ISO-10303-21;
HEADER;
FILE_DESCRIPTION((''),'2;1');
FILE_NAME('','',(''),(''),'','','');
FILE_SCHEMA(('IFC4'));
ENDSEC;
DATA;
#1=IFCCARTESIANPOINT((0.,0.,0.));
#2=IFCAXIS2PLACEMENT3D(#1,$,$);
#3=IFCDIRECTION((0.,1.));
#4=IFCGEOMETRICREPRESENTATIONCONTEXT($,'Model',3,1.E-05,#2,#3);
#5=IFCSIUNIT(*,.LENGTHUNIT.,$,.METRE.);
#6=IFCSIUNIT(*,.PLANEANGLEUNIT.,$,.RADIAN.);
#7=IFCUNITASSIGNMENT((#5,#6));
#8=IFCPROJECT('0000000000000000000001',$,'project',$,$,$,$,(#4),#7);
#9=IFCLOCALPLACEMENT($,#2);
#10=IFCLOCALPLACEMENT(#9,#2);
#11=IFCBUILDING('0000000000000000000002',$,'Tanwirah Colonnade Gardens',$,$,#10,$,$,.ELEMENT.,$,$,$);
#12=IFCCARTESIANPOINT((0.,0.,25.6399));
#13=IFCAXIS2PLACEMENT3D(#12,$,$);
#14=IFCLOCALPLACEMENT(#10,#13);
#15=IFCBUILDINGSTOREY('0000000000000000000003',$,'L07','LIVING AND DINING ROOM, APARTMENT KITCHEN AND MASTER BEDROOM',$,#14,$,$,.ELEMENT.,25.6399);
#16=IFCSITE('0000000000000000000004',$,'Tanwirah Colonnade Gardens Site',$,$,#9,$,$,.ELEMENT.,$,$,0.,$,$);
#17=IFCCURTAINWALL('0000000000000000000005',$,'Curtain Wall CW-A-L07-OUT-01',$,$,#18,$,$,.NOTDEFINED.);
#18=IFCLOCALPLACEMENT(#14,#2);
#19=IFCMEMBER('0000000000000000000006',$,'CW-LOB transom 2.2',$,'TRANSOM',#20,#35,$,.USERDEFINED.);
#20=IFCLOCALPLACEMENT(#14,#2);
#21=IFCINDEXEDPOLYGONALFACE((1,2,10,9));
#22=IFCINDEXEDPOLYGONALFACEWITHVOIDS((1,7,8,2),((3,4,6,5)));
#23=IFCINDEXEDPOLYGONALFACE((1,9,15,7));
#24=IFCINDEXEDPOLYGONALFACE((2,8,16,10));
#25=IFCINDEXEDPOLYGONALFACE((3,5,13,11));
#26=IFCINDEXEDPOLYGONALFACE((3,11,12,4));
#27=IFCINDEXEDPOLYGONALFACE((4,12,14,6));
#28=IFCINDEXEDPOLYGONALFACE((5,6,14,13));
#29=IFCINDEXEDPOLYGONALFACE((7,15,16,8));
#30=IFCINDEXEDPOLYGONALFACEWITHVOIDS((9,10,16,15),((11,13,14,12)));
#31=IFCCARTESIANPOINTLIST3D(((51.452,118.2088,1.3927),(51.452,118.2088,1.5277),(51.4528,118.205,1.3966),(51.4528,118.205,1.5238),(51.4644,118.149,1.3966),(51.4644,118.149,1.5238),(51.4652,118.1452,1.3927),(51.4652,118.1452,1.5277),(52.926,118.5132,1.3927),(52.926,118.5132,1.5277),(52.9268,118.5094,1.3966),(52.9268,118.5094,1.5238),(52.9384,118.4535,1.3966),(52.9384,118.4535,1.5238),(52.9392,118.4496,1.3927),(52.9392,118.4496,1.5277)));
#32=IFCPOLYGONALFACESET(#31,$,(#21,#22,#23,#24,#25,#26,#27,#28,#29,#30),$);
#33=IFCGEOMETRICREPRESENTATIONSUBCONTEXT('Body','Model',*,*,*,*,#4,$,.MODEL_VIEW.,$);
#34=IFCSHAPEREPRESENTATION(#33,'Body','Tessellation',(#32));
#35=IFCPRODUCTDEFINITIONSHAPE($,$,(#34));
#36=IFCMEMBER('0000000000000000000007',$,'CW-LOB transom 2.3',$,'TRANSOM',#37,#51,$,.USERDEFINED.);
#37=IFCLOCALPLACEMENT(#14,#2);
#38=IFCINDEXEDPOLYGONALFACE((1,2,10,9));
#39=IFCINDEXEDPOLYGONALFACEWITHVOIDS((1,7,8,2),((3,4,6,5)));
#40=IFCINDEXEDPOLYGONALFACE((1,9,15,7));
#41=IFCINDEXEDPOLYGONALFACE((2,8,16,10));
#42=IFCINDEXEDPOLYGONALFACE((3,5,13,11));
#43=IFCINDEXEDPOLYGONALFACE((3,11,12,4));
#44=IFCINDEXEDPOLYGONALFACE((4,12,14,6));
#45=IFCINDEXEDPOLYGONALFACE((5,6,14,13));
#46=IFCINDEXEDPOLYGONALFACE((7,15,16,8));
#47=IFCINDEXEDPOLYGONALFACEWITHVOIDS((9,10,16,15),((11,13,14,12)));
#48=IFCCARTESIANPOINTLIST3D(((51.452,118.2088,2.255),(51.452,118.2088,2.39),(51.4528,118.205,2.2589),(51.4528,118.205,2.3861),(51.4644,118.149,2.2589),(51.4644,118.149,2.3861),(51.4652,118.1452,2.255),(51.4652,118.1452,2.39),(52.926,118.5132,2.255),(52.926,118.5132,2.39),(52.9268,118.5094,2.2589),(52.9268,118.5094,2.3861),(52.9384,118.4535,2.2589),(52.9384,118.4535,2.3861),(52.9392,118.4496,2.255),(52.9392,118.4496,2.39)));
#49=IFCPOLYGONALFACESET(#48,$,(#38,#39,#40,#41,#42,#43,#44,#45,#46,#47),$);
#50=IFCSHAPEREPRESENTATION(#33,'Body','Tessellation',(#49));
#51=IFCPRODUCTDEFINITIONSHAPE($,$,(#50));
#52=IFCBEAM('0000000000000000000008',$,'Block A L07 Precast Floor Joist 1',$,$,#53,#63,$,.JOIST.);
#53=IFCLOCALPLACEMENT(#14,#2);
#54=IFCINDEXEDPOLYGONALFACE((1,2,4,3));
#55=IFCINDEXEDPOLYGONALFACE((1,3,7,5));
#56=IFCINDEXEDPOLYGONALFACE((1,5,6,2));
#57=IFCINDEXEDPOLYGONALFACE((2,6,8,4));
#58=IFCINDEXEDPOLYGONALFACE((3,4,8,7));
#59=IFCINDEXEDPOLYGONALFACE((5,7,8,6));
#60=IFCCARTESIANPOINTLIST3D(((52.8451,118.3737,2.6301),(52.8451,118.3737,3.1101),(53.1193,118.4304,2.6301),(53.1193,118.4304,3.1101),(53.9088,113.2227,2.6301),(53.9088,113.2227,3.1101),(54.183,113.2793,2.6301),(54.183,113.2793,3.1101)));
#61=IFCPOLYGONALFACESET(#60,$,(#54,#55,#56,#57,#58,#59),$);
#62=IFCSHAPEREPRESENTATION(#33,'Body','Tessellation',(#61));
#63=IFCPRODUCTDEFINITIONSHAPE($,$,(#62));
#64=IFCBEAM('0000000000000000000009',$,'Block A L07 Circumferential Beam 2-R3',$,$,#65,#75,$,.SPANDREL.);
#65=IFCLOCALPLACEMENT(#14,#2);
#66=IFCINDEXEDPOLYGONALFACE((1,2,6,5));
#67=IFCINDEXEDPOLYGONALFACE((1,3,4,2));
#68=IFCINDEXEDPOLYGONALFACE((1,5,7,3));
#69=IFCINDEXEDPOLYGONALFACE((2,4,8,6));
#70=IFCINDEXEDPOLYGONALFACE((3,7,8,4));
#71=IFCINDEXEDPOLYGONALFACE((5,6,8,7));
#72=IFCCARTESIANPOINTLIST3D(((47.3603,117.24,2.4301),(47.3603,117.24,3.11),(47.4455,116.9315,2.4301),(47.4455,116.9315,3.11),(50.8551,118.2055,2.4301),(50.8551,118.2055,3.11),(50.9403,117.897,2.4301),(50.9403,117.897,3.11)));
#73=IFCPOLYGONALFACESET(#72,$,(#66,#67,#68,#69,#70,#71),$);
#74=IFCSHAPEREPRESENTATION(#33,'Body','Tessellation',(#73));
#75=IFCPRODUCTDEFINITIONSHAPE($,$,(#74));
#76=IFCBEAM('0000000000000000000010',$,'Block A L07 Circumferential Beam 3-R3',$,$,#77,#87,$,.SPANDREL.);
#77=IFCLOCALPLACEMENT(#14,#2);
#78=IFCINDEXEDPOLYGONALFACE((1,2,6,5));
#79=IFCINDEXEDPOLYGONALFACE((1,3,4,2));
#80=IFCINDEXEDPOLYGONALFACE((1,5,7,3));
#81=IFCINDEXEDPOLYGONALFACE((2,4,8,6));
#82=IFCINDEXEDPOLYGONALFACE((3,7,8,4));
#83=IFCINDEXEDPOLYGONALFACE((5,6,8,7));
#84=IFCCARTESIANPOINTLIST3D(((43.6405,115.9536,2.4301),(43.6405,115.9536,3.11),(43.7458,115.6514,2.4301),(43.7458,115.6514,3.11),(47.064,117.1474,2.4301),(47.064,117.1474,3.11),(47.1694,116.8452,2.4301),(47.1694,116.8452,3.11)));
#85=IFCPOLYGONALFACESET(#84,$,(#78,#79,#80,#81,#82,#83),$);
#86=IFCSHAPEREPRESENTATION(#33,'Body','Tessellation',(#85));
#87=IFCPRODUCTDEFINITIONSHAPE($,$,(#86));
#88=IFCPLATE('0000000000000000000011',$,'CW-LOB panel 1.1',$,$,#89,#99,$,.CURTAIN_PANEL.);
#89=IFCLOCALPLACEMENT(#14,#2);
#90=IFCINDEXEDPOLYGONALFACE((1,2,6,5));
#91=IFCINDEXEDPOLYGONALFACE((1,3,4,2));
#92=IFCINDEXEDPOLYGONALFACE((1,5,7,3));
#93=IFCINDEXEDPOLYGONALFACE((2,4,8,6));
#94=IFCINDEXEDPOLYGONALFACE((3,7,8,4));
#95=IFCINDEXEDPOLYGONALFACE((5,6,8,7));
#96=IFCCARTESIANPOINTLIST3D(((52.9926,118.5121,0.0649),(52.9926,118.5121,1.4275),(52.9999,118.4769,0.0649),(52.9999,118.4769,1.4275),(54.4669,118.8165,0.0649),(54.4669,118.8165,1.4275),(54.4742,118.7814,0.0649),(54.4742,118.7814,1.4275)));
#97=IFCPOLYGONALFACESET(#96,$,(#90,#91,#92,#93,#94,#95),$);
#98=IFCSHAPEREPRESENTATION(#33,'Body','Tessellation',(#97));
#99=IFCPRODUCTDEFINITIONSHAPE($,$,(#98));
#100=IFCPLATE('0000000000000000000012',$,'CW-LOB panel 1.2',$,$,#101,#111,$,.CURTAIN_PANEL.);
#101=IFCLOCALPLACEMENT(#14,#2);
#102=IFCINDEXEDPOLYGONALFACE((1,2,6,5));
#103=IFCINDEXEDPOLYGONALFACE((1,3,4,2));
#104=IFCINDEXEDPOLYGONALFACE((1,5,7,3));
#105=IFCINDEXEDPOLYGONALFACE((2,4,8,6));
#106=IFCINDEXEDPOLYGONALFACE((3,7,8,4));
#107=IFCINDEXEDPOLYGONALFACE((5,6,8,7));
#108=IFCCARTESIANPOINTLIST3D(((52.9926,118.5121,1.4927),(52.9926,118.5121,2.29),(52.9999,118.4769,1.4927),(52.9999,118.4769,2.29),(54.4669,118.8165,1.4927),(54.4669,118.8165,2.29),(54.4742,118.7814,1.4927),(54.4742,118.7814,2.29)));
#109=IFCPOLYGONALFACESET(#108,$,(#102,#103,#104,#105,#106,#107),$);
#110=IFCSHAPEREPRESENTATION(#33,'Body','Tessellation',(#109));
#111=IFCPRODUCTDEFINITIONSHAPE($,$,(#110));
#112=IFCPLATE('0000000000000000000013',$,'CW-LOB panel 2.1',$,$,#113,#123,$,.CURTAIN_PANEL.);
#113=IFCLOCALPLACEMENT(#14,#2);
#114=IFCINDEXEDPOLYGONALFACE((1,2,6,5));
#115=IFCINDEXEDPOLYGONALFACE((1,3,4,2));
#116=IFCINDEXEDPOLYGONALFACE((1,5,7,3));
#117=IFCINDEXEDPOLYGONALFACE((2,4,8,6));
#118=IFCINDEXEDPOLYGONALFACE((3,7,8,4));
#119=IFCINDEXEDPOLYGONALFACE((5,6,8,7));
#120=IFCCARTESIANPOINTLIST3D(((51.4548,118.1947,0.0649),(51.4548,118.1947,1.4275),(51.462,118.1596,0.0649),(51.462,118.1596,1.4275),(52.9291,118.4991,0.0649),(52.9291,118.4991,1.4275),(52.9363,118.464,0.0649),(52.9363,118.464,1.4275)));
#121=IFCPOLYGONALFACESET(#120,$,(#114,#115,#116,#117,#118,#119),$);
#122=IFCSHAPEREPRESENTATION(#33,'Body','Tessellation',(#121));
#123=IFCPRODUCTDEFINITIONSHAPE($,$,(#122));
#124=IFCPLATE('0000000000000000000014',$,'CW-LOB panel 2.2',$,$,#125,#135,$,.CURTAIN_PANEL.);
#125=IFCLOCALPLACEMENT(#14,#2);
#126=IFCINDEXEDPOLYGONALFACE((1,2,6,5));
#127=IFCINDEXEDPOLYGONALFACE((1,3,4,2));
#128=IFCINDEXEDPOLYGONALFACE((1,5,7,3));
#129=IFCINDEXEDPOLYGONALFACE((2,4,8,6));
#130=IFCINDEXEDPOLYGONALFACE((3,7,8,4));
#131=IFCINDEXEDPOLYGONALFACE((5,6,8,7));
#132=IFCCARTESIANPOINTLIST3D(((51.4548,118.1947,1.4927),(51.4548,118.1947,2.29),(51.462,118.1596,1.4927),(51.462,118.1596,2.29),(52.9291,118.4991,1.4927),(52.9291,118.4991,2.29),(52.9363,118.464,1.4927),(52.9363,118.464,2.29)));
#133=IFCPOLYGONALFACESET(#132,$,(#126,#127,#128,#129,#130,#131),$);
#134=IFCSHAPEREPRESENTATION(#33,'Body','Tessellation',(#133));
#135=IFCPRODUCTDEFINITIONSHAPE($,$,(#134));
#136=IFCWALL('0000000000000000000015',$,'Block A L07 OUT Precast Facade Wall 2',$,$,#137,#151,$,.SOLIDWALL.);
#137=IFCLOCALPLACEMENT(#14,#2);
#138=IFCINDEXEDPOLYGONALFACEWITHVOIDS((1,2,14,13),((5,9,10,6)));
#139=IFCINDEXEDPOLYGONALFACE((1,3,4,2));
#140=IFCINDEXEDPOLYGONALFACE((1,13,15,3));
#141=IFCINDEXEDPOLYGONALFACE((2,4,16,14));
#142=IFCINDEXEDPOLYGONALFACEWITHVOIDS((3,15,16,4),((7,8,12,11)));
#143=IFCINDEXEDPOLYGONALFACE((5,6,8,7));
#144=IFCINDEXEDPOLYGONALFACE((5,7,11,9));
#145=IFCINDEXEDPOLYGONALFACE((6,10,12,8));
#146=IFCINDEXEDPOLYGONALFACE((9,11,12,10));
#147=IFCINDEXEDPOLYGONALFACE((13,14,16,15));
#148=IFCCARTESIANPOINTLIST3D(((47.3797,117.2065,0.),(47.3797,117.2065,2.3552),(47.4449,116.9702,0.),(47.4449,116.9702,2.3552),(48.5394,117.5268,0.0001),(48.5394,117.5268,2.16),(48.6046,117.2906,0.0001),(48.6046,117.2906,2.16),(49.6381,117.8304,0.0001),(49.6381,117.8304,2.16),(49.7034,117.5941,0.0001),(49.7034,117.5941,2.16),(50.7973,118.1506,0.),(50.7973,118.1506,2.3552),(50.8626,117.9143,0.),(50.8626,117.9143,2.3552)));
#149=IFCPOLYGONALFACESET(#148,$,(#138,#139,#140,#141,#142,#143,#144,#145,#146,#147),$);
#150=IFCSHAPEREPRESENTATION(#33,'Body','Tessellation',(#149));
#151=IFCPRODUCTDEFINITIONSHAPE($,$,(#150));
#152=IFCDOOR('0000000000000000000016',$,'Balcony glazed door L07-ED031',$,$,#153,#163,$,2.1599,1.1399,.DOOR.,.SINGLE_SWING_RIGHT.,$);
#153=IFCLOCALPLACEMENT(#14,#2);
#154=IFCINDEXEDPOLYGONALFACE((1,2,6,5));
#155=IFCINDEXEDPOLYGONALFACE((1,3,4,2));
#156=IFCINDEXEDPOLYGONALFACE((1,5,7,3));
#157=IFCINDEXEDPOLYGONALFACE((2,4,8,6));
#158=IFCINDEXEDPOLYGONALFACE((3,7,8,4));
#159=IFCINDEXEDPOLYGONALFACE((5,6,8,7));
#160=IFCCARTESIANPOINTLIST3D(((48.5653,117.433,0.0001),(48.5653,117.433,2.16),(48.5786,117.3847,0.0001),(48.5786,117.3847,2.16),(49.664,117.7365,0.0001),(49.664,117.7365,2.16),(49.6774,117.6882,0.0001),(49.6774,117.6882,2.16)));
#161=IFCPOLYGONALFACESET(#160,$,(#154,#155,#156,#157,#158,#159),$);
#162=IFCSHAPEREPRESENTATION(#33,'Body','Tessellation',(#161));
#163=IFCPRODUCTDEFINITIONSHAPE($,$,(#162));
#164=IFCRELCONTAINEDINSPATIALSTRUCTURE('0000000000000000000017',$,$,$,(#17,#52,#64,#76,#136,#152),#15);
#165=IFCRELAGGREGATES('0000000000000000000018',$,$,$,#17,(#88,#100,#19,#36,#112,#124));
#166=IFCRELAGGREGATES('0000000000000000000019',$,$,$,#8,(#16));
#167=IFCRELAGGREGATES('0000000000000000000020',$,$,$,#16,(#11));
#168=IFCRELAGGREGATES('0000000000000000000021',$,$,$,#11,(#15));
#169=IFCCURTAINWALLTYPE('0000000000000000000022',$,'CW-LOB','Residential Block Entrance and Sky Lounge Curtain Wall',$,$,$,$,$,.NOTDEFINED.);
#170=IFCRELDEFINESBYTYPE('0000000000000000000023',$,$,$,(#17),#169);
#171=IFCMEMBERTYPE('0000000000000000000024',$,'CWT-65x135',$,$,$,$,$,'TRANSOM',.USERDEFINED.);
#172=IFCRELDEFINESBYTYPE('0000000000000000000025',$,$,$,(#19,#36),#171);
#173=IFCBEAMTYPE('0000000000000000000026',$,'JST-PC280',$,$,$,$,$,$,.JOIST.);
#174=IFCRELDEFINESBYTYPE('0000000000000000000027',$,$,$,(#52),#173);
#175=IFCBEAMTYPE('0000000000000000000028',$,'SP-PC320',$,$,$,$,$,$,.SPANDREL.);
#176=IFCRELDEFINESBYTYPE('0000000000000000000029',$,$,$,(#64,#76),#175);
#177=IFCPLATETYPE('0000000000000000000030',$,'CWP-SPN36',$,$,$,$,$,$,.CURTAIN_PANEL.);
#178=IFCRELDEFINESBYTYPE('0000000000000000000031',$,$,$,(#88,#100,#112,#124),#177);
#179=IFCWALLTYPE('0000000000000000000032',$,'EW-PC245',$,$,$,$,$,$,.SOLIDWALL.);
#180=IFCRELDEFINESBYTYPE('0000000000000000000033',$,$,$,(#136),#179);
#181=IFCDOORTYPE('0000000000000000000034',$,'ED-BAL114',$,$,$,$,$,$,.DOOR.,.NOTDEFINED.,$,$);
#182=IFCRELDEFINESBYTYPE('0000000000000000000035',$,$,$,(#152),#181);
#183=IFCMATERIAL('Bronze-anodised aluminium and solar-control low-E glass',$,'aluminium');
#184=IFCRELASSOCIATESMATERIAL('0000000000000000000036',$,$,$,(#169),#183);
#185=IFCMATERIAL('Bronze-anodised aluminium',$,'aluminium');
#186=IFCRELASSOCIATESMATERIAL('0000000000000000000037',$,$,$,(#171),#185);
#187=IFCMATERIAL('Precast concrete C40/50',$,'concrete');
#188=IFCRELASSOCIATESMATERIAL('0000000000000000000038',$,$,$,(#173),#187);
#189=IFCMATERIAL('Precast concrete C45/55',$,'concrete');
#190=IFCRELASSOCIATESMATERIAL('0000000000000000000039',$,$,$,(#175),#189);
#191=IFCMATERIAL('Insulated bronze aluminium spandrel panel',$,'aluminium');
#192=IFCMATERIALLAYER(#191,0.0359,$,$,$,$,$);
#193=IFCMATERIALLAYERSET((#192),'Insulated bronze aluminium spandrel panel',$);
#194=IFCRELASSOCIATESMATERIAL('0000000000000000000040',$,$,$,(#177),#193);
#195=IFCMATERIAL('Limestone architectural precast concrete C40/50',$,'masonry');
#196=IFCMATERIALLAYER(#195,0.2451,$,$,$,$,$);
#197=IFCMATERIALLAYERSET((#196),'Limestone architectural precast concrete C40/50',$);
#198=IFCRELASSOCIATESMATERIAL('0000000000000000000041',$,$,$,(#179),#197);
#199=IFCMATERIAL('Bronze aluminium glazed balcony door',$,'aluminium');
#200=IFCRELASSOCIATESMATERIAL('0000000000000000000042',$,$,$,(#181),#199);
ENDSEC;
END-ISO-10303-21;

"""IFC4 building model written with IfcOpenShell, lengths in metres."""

from ifc_helpers import new_model, si_unit, direction, frame, frame_2d, origin, origin_2d, place, context, subcontext, project, spatial, rectangle, hollow_rectangle, extrude, material, layer, layer_set, material_profile, profile_set, type_object, element, fill, aggregate, save


model = new_model("IFC4")

# Units and contexts
model_context = context("Model", 3, precision=1e-05, world=origin(), true_north=direction((0.0, 1.0)))
body_context = subcontext(model_context, "Body", "Model", "MODEL_VIEW")
ifc_project = project(units=[si_unit("LENGTHUNIT", "METRE"), si_unit("PLANEANGLEUNIT", "RADIAN")], contexts=[model_context])

# Site, building, storey
site_placement = place(None, origin())
site = spatial("IfcSite", under=ifc_project, at=site_placement, Name="Tanwirah Colonnade Gardens Site", CompositionType="ELEMENT", RefElevation=0.0)
building_placement = place(site_placement, origin())
building = spatial("IfcBuilding", under=site, at=building_placement, Name="Tanwirah Colonnade Gardens", CompositionType="ELEMENT")
storey_placement = place(building_placement, frame((0.0, 0.0, 25.6399)))
storey = spatial("IfcBuildingStorey", under=building, at=storey_placement, Name="L07", Description="LIVING AND DINING ROOM, APARTMENT KITCHEN AND MASTER BEDROOM", CompositionType="ELEMENT", Elevation=25.6399)

# Shared definitions
ifc_material_1 = material(Name="Precast concrete C40/50", Category="concrete")

# Shared definitions
ifc_material_2 = material(Name="Precast concrete C45/55", Category="concrete")

# Curtain wall, members
ifc_material_3 = material(Name="Bronze-anodised aluminium and solar-control low-E glass", Category="aluminium")
curtain_wall_type = type_object("IfcCurtainWallType", Name="CW-LOB", Description="Residential Block Entrance and Sky Lounge Curtain Wall", PredefinedType="NOTDEFINED", material=ifc_material_3)
curtain_wall_placement = place(storey_placement, origin())
curtain_wall = element("IfcCurtainWall", 1, at=curtain_wall_placement, inside=storey, type_object=curtain_wall_type, Name="Curtain Wall CW-A-L07-OUT-01", PredefinedType="NOTDEFINED")
ifc_material_4 = material(Name="Bronze-anodised aluminium", Category="aluminium")
ifc_material_profile_1 = material_profile(ifc_material_4, hollow_rectangle(XDim=0.0649, YDim=0.135, WallThickness=0.0039, at=origin_2d()), Name="CW-TRN 65x135x4")
ifc_profile_set_1 = profile_set([ifc_material_profile_1], Name="Bronze-anodised aluminium")
member_type_1 = type_object("IfcMemberType", Name="CWT-65x135", ElementType="TRANSOM", PredefinedType="USERDEFINED", material=ifc_profile_set_1)
member_1_placement = place(storey_placement, frame((52.9326, 118.4814, 1.4602), z_axis=(-0.979332, -0.202257, 0.0), x_axis=(0.202257, -0.979332, 0.0)))
member_1 = element("IfcMember", 2, at=member_1_placement, type_object=member_type_1, Name="CW-LOB transom 2.2", ObjectType="TRANSOM", PredefinedType="USERDEFINED", context=body_context, shape_type="SweptSolid", body=[
    extrude(hollow_rectangle(XDim=0.0649, YDim=0.135, WallThickness=0.0039, at=origin_2d()), origin(), (0.0, 0.0, 1.0), 1.5051),
])
member_2_placement = place(storey_placement, frame((52.9326, 118.4814, 2.3225), z_axis=(-0.979332, -0.202257, 0.0), x_axis=(0.202257, -0.979332, 0.0)))
member_2 = element("IfcMember", 3, at=member_2_placement, type_object=member_type_1, Name="CW-LOB transom 2.3", ObjectType="TRANSOM", PredefinedType="USERDEFINED", context=body_context, shape_type="SweptSolid", body=[
    extrude(hollow_rectangle(XDim=0.0649, YDim=0.135, WallThickness=0.0039, at=origin_2d()), origin(), (0.0, 0.0, 1.0), 1.5051),
])

# Beams
ifc_material_profile_2 = material_profile(ifc_material_1, rectangle(XDim=0.28, YDim=0.48, at=origin_2d()), Name="PC-JST 280x480")
ifc_profile_set_2 = profile_set([ifc_material_profile_2], Name="Precast concrete C40/50")
beam_type_1 = type_object("IfcBeamType", Name="JST-PC280", PredefinedType="JOIST", material=ifc_profile_set_2)
beam_1_placement = place(storey_placement, frame((54.0459, 113.251, 2.8701), z_axis=(-0.202236, 0.979337, 0.0), x_axis=(-0.979337, -0.202236, 0.0)))
element("IfcBeam", 4, at=beam_1_placement, inside=storey, type_object=beam_type_1, Name="Block A L07 Precast Floor Joist 1", PredefinedType="JOIST", context=body_context, shape_type="SweptSolid", body=[
    extrude(rectangle(XDim=0.28, YDim=0.48, at=origin_2d()), origin(), (0.0, 0.0, 1.0), 5.2598),
])
ifc_material_profile_3 = material_profile(ifc_material_2, rectangle(XDim=0.3201, YDim=0.6799, at=origin_2d()), Name="PC-SP 320x680")
ifc_profile_set_3 = profile_set([ifc_material_profile_3], Name="Precast concrete C45/55")
beam_type_2 = type_object("IfcBeamType", Name="SP-PC320", PredefinedType="SPANDREL", material=ifc_profile_set_3)
for number, where, z_axis, x_axis, name in (
    (5, (50.8977, 118.0513, 2.77), (-0.963888, -0.266307, 0.0), (0.266307, -0.963888, 0.0), "Block A L07 Circumferential Beam 2-R3"),
    (6, (47.1167, 116.9963, 2.77), (-0.944237, -0.329267, 0.0), (0.329267, -0.944237, 0.0), "Block A L07 Circumferential Beam 3-R3"),
):
    element("IfcBeam", number, at=place(storey_placement, frame(where, z_axis=z_axis, x_axis=x_axis)), inside=storey, type_object=beam_type_2, Name=name, PredefinedType="SPANDREL", context=body_context, shape_type="SweptSolid", body=[
        extrude(rectangle(XDim=0.3201, YDim=0.6799, at=origin_2d()), origin(), (0.0, 0.0, 1.0), 3.6257),
    ])

# Plates
ifc_material_5 = material(Name="Insulated bronze aluminium spandrel panel", Category="aluminium")
ifc_layer_1 = layer(ifc_material_5, 0.0359)
ifc_layer_set_1 = layer_set([ifc_layer_1], Name="Insulated bronze aluminium spandrel panel")
plate_type = type_object("IfcPlateType", Name="CWP-SPN36", PredefinedType="CURTAIN_PANEL", material=ifc_layer_set_1)
plate_1_placement = place(storey_placement, frame((53.7334, 118.6467, 0.0649), z_axis=(0.0, 0.0, 1.0), x_axis=(-0.979341, -0.202218, 0.0)))
plate_1 = element("IfcPlate", 7, at=plate_1_placement, type_object=plate_type, Name="CW-LOB panel 1.1", PredefinedType="CURTAIN_PANEL", context=body_context, shape_type="SweptSolid", body=[
    extrude(rectangle(XDim=1.5054, YDim=0.0359, at=origin_2d()), origin(), (0.0, 0.0, 1.0), 1.3625),
])
plate_2_placement = place(storey_placement, frame((53.7334, 118.6467, 1.4927), z_axis=(0.0, 0.0, 1.0), x_axis=(-0.979341, -0.202218, 0.0)))
plate_2 = element("IfcPlate", 8, at=plate_2_placement, type_object=plate_type, Name="CW-LOB panel 1.2", PredefinedType="CURTAIN_PANEL", context=body_context, shape_type="SweptSolid", body=[
    extrude(rectangle(XDim=1.5054, YDim=0.0359, at=origin_2d()), origin(), (0.0, 0.0, 1.0), 0.7974),
])
plate_3_placement = place(storey_placement, frame((52.1956, 118.3293, 0.0649), z_axis=(0.0, 0.0, 1.0), x_axis=(-0.979341, -0.202218, 0.0)))
plate_3 = element("IfcPlate", 9, at=plate_3_placement, type_object=plate_type, Name="CW-LOB panel 2.1", PredefinedType="CURTAIN_PANEL", context=body_context, shape_type="SweptSolid", body=[
    extrude(rectangle(XDim=1.5054, YDim=0.0359, at=origin_2d()), origin(), (0.0, 0.0, 1.0), 1.3625),
])
plate_4_placement = place(storey_placement, frame((52.1956, 118.3293, 1.4927), z_axis=(0.0, 0.0, 1.0), x_axis=(-0.979341, -0.202218, 0.0)))
plate_4 = element("IfcPlate", 10, at=plate_4_placement, type_object=plate_type, Name="CW-LOB panel 2.2", PredefinedType="CURTAIN_PANEL", context=body_context, shape_type="SweptSolid", body=[
    extrude(rectangle(XDim=1.5054, YDim=0.0359, at=origin_2d()), origin(), (0.0, 0.0, 1.0), 0.7974),
])
aggregate(curtain_wall, [plate_1, plate_2, member_1, member_2, plate_3, plate_4])

# Wall, opening, door
ifc_material_6 = material(Name="Limestone architectural precast concrete C40/50", Category="masonry")
ifc_layer_2 = layer(ifc_material_6, 0.2451)
ifc_layer_set_2 = layer_set([ifc_layer_2], Name="Limestone architectural precast concrete C40/50")
wall_type = type_object("IfcWallType", Name="EW-PC245", PredefinedType="SOLIDWALL", material=ifc_layer_set_2)
wall_1_placement = place(storey_placement, frame((50.8301, 118.0325, 0.0), z_axis=(0.0, 0.0, 1.0), x_axis=(-0.963901, -0.266262, 0.0)))
wall_1 = element("IfcWall", 11, at=wall_1_placement, inside=storey, type_object=wall_type, Name="Block A L07 OUT Precast Facade Wall 2", PredefinedType="SOLIDWALL", context=body_context, shape_type="SweptSolid", body=[
    extrude(rectangle(XDim=3.5457, YDim=0.2451, at=frame_2d((1.7729, 0.0))), origin(), (0.0, 0.0, 1.0), 2.3552),
])
opening_1_placement = place(wall_1_placement, frame((1.2029, 0.0, 0.0)))
opening_1 = element("IfcOpeningElement", 12, at=opening_1_placement, cuts=wall_1, PredefinedType="OPENING", context=body_context, shape_type="SweptSolid", body=[
    extrude(rectangle(XDim=1.1399, YDim=2.1599, at=frame_2d((0.5698, 1.0801))), frame((0.0, 0.1326, 0.0), z_axis=(0.0, -1.0, 0.0), x_axis=(1.0, 0.0, 0.0)), (0.0, 0.0, 1.0), 0.2651),
])
ifc_material_7 = material(Name="Bronze aluminium glazed balcony door", Category="aluminium")
door_type = type_object("IfcDoorType", Name="ED-BAL114", OperationType="NOTDEFINED", PredefinedType="DOOR", material=ifc_material_7)
door_placement = place(opening_1_placement, origin())
door = element("IfcDoor", 13, at=door_placement, inside=storey, type_object=door_type, Name="Balcony glazed door L07-ED031", OperationType="SINGLE_SWING_RIGHT", OverallHeight=2.1599, OverallWidth=1.1399, PredefinedType="DOOR", context=body_context, shape_type="SweptSolid", body=[
    extrude(rectangle(XDim=1.1399, YDim=2.1599, at=frame_2d((0.5698, 1.0801))), frame((0.0, 0.0249, 0.0), z_axis=(0.0, -1.0, 0.0), x_axis=(1.0, 0.0, 0.0)), (0.0, 0.0, 1.0), 0.05),
])
fill(opening_1, door)

save(model, "model.ifc")
